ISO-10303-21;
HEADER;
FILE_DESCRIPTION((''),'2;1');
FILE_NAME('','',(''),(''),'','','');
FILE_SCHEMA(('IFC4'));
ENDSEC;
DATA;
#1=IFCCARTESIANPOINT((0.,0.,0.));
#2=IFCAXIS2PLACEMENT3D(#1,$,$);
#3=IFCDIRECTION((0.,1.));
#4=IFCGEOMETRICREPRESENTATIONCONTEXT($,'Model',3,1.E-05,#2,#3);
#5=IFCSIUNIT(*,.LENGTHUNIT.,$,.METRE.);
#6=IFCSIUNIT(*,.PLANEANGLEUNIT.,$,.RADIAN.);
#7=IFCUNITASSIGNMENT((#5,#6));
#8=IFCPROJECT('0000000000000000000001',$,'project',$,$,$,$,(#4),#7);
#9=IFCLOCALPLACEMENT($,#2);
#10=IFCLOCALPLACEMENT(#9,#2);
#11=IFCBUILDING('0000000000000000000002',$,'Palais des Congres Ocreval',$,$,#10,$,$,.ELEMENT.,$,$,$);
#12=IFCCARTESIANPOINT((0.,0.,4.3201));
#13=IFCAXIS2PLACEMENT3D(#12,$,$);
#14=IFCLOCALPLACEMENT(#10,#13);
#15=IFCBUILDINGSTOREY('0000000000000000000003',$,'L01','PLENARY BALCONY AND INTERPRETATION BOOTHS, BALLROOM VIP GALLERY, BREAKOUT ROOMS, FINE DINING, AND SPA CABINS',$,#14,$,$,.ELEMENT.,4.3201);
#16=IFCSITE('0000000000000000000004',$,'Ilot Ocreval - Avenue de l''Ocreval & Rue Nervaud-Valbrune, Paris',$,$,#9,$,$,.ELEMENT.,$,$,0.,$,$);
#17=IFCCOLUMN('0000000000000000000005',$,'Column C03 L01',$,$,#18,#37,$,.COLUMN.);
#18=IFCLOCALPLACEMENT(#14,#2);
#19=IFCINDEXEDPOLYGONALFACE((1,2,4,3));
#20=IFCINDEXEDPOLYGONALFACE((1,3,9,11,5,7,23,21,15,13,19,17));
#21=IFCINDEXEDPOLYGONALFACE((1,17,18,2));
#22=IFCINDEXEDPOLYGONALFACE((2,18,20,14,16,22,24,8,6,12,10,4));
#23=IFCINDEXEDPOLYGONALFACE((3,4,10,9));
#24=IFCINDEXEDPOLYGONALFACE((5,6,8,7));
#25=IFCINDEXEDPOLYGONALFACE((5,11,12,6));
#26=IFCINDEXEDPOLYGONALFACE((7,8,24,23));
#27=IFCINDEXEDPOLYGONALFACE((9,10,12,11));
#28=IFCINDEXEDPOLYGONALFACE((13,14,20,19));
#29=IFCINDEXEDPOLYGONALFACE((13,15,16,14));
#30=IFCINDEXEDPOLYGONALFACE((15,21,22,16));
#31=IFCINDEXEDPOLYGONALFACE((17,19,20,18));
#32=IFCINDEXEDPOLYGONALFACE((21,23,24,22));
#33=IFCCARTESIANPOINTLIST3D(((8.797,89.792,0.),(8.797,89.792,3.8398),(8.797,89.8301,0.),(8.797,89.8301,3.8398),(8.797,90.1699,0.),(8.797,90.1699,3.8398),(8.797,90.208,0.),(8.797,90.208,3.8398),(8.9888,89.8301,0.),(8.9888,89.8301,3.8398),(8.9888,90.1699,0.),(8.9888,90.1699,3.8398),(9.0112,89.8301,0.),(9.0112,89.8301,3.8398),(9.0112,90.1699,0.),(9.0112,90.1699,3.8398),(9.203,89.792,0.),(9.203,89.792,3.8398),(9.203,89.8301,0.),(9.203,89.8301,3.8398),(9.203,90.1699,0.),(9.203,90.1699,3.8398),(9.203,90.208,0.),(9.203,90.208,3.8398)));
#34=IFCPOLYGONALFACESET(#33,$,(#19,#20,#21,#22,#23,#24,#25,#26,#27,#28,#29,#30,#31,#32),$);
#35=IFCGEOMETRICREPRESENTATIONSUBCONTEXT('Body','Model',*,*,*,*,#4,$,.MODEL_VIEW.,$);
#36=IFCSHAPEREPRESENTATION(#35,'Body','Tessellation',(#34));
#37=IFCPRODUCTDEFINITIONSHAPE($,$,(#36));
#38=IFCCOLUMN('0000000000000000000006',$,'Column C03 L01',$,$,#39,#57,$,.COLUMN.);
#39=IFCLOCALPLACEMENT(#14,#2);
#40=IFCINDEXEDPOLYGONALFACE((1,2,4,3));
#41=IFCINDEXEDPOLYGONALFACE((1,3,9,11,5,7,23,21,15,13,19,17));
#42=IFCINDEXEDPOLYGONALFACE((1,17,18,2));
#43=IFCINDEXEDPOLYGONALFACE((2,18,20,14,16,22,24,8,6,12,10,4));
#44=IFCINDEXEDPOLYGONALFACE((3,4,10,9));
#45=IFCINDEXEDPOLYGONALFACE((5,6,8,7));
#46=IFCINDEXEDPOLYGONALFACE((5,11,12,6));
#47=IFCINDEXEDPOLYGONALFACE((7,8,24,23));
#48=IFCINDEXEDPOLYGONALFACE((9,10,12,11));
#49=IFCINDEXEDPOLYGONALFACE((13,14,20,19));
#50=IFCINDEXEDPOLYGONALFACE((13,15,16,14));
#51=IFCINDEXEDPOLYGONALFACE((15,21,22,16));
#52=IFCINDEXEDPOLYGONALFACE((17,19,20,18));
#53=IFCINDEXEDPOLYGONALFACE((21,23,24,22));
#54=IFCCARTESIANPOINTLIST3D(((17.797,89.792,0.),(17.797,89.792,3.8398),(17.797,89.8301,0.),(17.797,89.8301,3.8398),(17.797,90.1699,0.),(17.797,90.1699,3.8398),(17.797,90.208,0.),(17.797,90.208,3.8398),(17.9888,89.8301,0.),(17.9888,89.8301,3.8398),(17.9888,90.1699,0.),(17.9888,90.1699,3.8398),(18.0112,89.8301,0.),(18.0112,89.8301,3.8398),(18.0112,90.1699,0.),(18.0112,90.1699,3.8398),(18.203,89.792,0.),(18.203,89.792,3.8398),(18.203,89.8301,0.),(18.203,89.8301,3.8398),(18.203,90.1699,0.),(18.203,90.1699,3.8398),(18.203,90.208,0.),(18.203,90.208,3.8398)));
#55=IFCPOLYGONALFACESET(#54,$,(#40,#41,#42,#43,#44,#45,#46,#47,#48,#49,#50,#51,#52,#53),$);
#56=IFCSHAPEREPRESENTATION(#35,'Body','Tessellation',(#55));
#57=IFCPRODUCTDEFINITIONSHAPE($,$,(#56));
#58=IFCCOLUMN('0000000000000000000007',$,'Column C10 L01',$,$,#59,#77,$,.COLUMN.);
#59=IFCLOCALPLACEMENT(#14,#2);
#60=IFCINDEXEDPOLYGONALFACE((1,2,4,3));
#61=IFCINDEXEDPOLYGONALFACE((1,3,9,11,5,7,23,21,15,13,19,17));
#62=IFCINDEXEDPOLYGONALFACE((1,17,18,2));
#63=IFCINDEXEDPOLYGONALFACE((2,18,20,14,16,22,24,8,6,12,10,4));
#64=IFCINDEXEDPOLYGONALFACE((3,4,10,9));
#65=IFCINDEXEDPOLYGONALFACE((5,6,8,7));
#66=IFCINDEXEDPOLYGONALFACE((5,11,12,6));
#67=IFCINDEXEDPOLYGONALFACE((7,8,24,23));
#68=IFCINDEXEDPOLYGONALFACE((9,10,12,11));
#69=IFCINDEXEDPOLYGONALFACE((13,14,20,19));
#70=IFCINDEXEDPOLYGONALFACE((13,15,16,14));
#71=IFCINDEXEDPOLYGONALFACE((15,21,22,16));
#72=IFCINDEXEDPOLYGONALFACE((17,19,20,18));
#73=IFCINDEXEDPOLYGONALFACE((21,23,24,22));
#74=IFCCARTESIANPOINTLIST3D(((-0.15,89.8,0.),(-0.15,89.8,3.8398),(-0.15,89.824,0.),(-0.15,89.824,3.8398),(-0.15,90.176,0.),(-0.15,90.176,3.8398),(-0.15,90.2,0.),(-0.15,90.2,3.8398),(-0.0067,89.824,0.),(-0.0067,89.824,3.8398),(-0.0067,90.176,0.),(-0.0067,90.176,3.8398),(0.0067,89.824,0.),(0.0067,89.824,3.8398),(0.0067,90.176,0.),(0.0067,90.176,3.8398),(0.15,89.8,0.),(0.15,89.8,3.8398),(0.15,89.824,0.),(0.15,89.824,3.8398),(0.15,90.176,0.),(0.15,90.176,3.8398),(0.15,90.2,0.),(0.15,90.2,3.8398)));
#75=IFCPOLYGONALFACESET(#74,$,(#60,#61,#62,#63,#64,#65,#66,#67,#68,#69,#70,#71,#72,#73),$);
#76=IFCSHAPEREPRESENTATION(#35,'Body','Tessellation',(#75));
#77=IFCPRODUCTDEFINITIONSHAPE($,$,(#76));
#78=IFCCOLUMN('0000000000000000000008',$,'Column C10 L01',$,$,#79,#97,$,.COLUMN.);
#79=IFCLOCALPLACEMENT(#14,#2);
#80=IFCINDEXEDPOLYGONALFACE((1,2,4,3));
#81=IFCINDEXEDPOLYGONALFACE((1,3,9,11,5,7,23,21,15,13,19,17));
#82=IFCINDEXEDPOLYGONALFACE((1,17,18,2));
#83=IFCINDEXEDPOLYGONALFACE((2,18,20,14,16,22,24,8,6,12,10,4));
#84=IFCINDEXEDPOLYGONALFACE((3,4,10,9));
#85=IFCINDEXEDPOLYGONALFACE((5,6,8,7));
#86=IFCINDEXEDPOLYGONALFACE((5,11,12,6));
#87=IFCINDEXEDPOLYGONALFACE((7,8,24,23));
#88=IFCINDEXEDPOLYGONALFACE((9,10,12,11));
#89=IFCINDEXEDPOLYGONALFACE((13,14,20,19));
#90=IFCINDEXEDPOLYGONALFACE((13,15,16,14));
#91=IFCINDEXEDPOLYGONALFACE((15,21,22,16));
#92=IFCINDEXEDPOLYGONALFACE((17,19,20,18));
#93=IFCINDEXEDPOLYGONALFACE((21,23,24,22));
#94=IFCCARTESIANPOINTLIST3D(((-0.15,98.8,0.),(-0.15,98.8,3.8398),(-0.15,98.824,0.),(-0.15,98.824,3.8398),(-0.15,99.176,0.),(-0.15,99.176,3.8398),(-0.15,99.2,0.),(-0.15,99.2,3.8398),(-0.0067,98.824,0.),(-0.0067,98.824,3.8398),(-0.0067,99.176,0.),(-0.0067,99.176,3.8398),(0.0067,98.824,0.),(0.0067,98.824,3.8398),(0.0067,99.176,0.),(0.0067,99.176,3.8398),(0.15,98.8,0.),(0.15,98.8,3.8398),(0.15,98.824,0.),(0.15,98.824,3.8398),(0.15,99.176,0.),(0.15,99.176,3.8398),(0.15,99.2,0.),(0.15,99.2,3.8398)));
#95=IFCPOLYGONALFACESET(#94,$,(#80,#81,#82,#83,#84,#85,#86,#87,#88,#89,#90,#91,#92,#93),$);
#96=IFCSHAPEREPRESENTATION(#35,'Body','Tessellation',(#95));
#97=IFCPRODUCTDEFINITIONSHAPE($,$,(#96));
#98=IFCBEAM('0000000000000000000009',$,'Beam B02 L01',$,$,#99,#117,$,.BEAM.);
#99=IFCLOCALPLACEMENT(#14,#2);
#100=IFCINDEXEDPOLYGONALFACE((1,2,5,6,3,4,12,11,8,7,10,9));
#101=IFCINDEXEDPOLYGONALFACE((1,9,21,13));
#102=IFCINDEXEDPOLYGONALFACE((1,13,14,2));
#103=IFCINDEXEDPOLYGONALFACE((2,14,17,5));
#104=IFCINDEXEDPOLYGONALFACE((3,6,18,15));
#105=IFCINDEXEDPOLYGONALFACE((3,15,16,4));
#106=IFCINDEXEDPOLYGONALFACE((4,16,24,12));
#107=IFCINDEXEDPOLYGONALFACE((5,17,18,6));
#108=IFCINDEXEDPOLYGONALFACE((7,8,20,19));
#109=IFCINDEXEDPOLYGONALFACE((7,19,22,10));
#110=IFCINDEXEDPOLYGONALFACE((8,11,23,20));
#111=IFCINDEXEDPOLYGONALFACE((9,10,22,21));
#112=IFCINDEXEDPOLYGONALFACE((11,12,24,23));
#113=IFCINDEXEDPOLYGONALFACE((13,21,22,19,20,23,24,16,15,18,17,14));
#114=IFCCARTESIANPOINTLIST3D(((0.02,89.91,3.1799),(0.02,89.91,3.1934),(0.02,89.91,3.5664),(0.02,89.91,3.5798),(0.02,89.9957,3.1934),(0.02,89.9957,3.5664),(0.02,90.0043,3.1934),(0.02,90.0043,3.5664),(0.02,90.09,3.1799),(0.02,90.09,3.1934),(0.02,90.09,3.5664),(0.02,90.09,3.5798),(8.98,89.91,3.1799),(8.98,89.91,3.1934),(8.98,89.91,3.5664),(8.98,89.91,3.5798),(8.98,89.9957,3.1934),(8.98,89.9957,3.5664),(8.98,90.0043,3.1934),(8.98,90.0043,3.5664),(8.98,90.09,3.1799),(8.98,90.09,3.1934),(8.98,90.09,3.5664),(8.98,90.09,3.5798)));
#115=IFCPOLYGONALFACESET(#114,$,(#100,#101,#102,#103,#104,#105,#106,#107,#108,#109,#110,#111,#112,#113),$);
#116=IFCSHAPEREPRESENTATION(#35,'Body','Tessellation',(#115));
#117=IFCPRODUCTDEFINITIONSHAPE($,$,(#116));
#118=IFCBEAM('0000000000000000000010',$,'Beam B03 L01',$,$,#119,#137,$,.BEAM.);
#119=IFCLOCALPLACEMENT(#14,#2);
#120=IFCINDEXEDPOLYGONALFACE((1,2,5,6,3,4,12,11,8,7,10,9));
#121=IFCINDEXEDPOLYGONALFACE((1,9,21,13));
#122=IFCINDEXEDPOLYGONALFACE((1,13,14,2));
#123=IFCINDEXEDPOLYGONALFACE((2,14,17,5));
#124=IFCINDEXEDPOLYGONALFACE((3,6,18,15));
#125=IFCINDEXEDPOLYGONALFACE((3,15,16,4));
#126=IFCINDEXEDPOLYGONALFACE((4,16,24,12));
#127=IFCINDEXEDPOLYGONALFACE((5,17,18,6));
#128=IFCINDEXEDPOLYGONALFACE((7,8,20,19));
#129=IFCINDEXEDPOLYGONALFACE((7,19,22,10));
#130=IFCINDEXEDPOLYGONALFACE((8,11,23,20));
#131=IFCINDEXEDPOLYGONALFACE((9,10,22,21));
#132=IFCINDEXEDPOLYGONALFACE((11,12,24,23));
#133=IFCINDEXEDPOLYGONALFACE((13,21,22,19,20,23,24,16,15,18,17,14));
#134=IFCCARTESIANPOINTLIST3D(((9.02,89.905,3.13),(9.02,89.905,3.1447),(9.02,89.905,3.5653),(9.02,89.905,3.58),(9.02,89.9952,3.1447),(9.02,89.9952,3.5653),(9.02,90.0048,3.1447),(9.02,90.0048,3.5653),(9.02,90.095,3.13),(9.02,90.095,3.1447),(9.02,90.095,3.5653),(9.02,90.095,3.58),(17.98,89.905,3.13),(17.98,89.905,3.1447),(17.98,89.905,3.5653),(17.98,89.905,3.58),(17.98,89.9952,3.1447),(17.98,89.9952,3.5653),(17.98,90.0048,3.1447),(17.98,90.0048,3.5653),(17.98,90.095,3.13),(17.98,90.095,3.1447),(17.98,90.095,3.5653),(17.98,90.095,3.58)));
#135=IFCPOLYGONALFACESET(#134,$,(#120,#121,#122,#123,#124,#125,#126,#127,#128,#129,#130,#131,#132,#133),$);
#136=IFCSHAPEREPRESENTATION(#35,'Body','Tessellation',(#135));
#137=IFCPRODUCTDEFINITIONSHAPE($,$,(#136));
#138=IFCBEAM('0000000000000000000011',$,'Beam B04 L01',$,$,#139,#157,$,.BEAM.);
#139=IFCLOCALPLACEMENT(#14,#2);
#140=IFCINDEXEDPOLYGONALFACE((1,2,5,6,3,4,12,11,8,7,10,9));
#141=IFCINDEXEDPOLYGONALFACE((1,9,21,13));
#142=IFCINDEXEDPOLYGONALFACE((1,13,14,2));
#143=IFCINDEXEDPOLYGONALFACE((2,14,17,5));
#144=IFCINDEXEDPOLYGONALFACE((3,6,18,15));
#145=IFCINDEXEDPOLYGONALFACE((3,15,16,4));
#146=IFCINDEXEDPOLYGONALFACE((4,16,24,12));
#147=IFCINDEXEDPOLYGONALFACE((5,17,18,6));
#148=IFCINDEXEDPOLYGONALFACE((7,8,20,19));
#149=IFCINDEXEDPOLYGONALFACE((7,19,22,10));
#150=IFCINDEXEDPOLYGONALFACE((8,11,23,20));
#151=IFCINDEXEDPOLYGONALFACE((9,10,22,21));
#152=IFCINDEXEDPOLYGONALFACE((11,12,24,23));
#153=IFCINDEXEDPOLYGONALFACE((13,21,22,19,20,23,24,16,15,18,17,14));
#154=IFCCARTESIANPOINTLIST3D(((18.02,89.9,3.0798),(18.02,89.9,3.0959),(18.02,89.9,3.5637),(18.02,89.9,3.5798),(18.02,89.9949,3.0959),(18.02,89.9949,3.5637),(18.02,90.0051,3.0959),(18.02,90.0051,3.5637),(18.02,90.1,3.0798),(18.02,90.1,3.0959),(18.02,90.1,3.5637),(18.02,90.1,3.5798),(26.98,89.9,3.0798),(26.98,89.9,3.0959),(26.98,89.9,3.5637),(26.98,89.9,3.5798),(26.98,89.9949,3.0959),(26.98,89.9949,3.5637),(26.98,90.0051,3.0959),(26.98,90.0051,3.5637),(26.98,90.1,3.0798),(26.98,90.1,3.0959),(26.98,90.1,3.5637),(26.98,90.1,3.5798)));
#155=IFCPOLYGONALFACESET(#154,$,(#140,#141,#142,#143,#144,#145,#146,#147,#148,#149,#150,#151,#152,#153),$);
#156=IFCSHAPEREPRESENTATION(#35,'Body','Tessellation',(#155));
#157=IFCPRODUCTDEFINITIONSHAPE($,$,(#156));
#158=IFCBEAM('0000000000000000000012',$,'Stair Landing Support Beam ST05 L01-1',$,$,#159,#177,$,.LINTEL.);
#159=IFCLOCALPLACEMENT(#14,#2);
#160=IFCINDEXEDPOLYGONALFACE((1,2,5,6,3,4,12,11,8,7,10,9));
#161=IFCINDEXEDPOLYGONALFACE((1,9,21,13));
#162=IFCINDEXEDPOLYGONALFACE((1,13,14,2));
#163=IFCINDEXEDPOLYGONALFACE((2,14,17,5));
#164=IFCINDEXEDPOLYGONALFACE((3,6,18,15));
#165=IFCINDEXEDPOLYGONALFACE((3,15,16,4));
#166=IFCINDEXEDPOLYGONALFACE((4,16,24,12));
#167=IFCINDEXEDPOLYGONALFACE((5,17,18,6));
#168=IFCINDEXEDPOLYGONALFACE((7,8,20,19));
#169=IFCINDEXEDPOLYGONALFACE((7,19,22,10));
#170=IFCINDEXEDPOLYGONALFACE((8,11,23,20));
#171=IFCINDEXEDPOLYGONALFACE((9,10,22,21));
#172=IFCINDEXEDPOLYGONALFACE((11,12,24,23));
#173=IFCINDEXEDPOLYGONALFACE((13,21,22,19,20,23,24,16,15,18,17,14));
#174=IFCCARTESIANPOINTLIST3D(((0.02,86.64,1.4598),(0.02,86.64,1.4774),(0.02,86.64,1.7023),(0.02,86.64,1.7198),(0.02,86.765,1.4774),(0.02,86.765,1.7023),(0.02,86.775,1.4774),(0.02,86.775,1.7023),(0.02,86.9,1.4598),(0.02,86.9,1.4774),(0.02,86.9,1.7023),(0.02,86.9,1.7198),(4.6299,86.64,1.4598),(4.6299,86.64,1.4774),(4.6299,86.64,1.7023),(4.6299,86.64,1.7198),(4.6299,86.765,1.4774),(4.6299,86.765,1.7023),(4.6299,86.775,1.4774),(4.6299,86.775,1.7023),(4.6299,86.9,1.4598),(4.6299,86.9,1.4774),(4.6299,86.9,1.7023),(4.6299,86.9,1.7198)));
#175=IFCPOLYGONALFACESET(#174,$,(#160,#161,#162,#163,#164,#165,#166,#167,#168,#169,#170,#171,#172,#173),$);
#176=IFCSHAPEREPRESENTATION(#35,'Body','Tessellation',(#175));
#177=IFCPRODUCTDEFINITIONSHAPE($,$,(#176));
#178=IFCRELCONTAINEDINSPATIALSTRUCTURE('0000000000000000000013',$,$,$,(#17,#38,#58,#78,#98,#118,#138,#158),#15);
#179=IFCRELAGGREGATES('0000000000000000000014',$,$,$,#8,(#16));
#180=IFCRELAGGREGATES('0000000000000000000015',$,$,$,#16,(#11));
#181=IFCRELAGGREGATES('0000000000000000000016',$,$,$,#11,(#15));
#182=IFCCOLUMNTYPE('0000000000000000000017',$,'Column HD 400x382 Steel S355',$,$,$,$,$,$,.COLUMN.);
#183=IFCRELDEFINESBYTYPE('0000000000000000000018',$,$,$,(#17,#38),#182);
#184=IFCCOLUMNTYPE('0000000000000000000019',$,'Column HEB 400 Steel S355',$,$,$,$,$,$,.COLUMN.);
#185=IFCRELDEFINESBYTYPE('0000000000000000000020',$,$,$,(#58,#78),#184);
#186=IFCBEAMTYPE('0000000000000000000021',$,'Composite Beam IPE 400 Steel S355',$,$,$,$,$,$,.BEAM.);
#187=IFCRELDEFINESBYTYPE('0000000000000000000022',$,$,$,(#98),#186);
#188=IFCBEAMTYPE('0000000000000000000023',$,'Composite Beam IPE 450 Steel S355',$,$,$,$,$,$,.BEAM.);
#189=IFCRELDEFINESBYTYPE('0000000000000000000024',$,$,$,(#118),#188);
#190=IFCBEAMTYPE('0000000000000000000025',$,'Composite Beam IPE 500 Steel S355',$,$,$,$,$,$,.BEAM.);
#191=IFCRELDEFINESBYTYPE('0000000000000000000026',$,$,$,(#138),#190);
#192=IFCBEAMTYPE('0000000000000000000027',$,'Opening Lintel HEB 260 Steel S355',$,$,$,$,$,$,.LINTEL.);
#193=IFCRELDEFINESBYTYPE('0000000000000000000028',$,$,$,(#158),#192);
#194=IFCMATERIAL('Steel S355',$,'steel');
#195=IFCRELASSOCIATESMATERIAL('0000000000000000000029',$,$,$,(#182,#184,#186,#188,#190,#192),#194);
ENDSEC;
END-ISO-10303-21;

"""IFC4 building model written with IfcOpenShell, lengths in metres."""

from ifc_helpers import new_model, si_unit, direction, frame, origin, origin_2d, place, context, subcontext, project, spatial, i_section, extrude, material, material_profile, profile_set, type_object, element, save


model = new_model("IFC4")

# Units and contexts
model_context = context("Model", 3, precision=1e-05, world=origin(), true_north=direction((0.0, 1.0)))
body_context = subcontext(model_context, "Body", "Model", "MODEL_VIEW")
ifc_project = project(units=[si_unit("LENGTHUNIT", "METRE"), si_unit("PLANEANGLEUNIT", "RADIAN")], contexts=[model_context])

# Site, building, storey
site_placement = place(None, origin())
site = spatial("IfcSite", under=ifc_project, at=site_placement, Name="Ilot Ocreval - Avenue de l'Ocreval & Rue Nervaud-Valbrune, Paris", CompositionType="ELEMENT", RefElevation=0.0)
building_placement = place(site_placement, origin())
building = spatial("IfcBuilding", under=site, at=building_placement, Name="Palais des Congres Ocreval", CompositionType="ELEMENT")
storey_placement = place(building_placement, frame((0.0, 0.0, 4.3201)))
storey = spatial("IfcBuildingStorey", under=building, at=storey_placement, Name="L01", Description="PLENARY BALCONY AND INTERPRETATION BOOTHS, BALLROOM VIP GALLERY, BREAKOUT ROOMS, FINE DINING, AND SPA CABINS", CompositionType="ELEMENT", Elevation=4.3201)

# Columns
ifc_material_1 = material(Name="Steel S355", Category="steel")
ifc_material_profile_1 = material_profile(ifc_material_1, i_section(OverallWidth=0.406, OverallDepth=0.416, WebThickness=0.0225, FlangeThickness=0.0381, at=origin_2d()), Name="HD 400x382")
ifc_profile_set_1 = profile_set([ifc_material_profile_1], Name="Steel S355")
column_type_1 = type_object("IfcColumnType", Name="Column HD 400x382 Steel S355", PredefinedType="COLUMN", material=ifc_profile_set_1)
for number, where, z_axis, x_axis, name in (
    (1, (9.0, 90.0, 0.0), (0.0, 0.0, 1.0), (1.0, 0.0, 0.0), "Column C03 L01"),
    (2, (18.0, 90.0, 0.0), (0.0, 0.0, 1.0), (1.0, 0.0, 0.0), "Column C03 L01"),
):
    element("IfcColumn", number, at=place(storey_placement, frame(where, z_axis=z_axis, x_axis=x_axis)), inside=storey, type_object=column_type_1, Name=name, PredefinedType="COLUMN", context=body_context, shape_type="SweptSolid", body=[
        extrude(i_section(OverallWidth=0.406, OverallDepth=0.416, WebThickness=0.0225, FlangeThickness=0.0381, at=origin_2d()), origin(), (0.0, 0.0, 1.0), 3.8398),
    ])
ifc_material_profile_2 = material_profile(ifc_material_1, i_section(OverallWidth=0.3, OverallDepth=0.3999, WebThickness=0.0134, FlangeThickness=0.0239, at=origin_2d()), Name="HEB 400")
ifc_profile_set_2 = profile_set([ifc_material_profile_2], Name="Steel S355")
column_type_2 = type_object("IfcColumnType", Name="Column HEB 400 Steel S355", PredefinedType="COLUMN", material=ifc_profile_set_2)
for number, where, z_axis, x_axis, name in (
    (3, (0.0, 90.0, 0.0), (0.0, 0.0, 1.0), (1.0, 0.0, 0.0), "Column C10 L01"),
    (4, (0.0, 99.0, 0.0), (0.0, 0.0, 1.0), (1.0, 0.0, 0.0), "Column C10 L01"),
):
    element("IfcColumn", number, at=place(storey_placement, frame(where, z_axis=z_axis, x_axis=x_axis)), inside=storey, type_object=column_type_2, Name=name, PredefinedType="COLUMN", context=body_context, shape_type="SweptSolid", body=[
        extrude(i_section(OverallWidth=0.3, OverallDepth=0.3999, WebThickness=0.0134, FlangeThickness=0.0239, at=origin_2d()), origin(), (0.0, 0.0, 1.0), 3.8398),
    ])

# Beams
ifc_material_profile_3 = material_profile(ifc_material_1, i_section(OverallWidth=0.1799, OverallDepth=0.3999, WebThickness=0.0085, FlangeThickness=0.0134, at=origin_2d()), Name="IPE 400")
ifc_profile_set_3 = profile_set([ifc_material_profile_3], Name="Steel S355")
beam_type_1 = type_object("IfcBeamType", Name="Composite Beam IPE 400 Steel S355", PredefinedType="BEAM", material=ifc_profile_set_3)
beam_1_placement = place(storey_placement, frame((0.02, 90.0, 3.3799), z_axis=(1.0, 0.0, 0.0), x_axis=(0.0, 1.0, 0.0)))
element("IfcBeam", 5, at=beam_1_placement, inside=storey, type_object=beam_type_1, Name="Beam B02 L01", PredefinedType="BEAM", context=body_context, shape_type="SweptSolid", body=[
    extrude(i_section(OverallWidth=0.1799, OverallDepth=0.3999, WebThickness=0.0085, FlangeThickness=0.0134, at=origin_2d()), origin(), (0.0, 0.0, 1.0), 8.96),
])
ifc_material_profile_4 = material_profile(ifc_material_1, i_section(OverallWidth=0.1899, OverallDepth=0.45, WebThickness=0.0095, FlangeThickness=0.0146, at=origin_2d()), Name="IPE 450")
ifc_profile_set_4 = profile_set([ifc_material_profile_4], Name="Steel S355")
beam_type_2 = type_object("IfcBeamType", Name="Composite Beam IPE 450 Steel S355", PredefinedType="BEAM", material=ifc_profile_set_4)
beam_2_placement = place(storey_placement, frame((9.02, 90.0, 3.355), z_axis=(1.0, 0.0, 0.0), x_axis=(0.0, 1.0, 0.0)))
element("IfcBeam", 6, at=beam_2_placement, inside=storey, type_object=beam_type_2, Name="Beam B03 L01", PredefinedType="BEAM", context=body_context, shape_type="SweptSolid", body=[
    extrude(i_section(OverallWidth=0.1899, OverallDepth=0.45, WebThickness=0.0095, FlangeThickness=0.0146, at=origin_2d()), origin(), (0.0, 0.0, 1.0), 8.96),
])
ifc_material_profile_5 = material_profile(ifc_material_1, i_section(OverallWidth=0.2, OverallDepth=0.5, WebThickness=0.0103, FlangeThickness=0.0161, at=origin_2d()), Name="IPE 500")
ifc_profile_set_5 = profile_set([ifc_material_profile_5], Name="Steel S355")
beam_type_3 = type_object("IfcBeamType", Name="Composite Beam IPE 500 Steel S355", PredefinedType="BEAM", material=ifc_profile_set_5)
beam_3_placement = place(storey_placement, frame((18.02, 90.0, 3.3298), z_axis=(1.0, 0.0, 0.0), x_axis=(0.0, 1.0, 0.0)))
element("IfcBeam", 7, at=beam_3_placement, inside=storey, type_object=beam_type_3, Name="Beam B04 L01", PredefinedType="BEAM", context=body_context, shape_type="SweptSolid", body=[
    extrude(i_section(OverallWidth=0.2, OverallDepth=0.5, WebThickness=0.0103, FlangeThickness=0.0161, at=origin_2d()), origin(), (0.0, 0.0, 1.0), 8.96),
])
ifc_material_profile_6 = material_profile(ifc_material_1, i_section(OverallWidth=0.26, OverallDepth=0.26, WebThickness=0.01, FlangeThickness=0.0176, at=origin_2d()), Name="HEB 260")
ifc_profile_set_6 = profile_set([ifc_material_profile_6], Name="Steel S355")
beam_type_4 = type_object("IfcBeamType", Name="Opening Lintel HEB 260 Steel S355", PredefinedType="LINTEL", material=ifc_profile_set_6)
for number, where, z_axis, x_axis, name in (
    (8, (0.02, 86.77, 1.5898), (1.0, 0.0, 0.0), (0.0, 1.0, 0.0), "Stair Landing Support Beam ST05 L01-1"),
):
    element("IfcBeam", number, at=place(storey_placement, frame(where, z_axis=z_axis, x_axis=x_axis)), inside=storey, type_object=beam_type_4, Name=name, PredefinedType="LINTEL", context=body_context, shape_type="SweptSolid", body=[
        extrude(i_section(OverallWidth=0.26, OverallDepth=0.26, WebThickness=0.01, FlangeThickness=0.0176, at=origin_2d()), origin(), (0.0, 0.0, 1.0), 4.6099),
    ])

save(model, "model.ifc")
